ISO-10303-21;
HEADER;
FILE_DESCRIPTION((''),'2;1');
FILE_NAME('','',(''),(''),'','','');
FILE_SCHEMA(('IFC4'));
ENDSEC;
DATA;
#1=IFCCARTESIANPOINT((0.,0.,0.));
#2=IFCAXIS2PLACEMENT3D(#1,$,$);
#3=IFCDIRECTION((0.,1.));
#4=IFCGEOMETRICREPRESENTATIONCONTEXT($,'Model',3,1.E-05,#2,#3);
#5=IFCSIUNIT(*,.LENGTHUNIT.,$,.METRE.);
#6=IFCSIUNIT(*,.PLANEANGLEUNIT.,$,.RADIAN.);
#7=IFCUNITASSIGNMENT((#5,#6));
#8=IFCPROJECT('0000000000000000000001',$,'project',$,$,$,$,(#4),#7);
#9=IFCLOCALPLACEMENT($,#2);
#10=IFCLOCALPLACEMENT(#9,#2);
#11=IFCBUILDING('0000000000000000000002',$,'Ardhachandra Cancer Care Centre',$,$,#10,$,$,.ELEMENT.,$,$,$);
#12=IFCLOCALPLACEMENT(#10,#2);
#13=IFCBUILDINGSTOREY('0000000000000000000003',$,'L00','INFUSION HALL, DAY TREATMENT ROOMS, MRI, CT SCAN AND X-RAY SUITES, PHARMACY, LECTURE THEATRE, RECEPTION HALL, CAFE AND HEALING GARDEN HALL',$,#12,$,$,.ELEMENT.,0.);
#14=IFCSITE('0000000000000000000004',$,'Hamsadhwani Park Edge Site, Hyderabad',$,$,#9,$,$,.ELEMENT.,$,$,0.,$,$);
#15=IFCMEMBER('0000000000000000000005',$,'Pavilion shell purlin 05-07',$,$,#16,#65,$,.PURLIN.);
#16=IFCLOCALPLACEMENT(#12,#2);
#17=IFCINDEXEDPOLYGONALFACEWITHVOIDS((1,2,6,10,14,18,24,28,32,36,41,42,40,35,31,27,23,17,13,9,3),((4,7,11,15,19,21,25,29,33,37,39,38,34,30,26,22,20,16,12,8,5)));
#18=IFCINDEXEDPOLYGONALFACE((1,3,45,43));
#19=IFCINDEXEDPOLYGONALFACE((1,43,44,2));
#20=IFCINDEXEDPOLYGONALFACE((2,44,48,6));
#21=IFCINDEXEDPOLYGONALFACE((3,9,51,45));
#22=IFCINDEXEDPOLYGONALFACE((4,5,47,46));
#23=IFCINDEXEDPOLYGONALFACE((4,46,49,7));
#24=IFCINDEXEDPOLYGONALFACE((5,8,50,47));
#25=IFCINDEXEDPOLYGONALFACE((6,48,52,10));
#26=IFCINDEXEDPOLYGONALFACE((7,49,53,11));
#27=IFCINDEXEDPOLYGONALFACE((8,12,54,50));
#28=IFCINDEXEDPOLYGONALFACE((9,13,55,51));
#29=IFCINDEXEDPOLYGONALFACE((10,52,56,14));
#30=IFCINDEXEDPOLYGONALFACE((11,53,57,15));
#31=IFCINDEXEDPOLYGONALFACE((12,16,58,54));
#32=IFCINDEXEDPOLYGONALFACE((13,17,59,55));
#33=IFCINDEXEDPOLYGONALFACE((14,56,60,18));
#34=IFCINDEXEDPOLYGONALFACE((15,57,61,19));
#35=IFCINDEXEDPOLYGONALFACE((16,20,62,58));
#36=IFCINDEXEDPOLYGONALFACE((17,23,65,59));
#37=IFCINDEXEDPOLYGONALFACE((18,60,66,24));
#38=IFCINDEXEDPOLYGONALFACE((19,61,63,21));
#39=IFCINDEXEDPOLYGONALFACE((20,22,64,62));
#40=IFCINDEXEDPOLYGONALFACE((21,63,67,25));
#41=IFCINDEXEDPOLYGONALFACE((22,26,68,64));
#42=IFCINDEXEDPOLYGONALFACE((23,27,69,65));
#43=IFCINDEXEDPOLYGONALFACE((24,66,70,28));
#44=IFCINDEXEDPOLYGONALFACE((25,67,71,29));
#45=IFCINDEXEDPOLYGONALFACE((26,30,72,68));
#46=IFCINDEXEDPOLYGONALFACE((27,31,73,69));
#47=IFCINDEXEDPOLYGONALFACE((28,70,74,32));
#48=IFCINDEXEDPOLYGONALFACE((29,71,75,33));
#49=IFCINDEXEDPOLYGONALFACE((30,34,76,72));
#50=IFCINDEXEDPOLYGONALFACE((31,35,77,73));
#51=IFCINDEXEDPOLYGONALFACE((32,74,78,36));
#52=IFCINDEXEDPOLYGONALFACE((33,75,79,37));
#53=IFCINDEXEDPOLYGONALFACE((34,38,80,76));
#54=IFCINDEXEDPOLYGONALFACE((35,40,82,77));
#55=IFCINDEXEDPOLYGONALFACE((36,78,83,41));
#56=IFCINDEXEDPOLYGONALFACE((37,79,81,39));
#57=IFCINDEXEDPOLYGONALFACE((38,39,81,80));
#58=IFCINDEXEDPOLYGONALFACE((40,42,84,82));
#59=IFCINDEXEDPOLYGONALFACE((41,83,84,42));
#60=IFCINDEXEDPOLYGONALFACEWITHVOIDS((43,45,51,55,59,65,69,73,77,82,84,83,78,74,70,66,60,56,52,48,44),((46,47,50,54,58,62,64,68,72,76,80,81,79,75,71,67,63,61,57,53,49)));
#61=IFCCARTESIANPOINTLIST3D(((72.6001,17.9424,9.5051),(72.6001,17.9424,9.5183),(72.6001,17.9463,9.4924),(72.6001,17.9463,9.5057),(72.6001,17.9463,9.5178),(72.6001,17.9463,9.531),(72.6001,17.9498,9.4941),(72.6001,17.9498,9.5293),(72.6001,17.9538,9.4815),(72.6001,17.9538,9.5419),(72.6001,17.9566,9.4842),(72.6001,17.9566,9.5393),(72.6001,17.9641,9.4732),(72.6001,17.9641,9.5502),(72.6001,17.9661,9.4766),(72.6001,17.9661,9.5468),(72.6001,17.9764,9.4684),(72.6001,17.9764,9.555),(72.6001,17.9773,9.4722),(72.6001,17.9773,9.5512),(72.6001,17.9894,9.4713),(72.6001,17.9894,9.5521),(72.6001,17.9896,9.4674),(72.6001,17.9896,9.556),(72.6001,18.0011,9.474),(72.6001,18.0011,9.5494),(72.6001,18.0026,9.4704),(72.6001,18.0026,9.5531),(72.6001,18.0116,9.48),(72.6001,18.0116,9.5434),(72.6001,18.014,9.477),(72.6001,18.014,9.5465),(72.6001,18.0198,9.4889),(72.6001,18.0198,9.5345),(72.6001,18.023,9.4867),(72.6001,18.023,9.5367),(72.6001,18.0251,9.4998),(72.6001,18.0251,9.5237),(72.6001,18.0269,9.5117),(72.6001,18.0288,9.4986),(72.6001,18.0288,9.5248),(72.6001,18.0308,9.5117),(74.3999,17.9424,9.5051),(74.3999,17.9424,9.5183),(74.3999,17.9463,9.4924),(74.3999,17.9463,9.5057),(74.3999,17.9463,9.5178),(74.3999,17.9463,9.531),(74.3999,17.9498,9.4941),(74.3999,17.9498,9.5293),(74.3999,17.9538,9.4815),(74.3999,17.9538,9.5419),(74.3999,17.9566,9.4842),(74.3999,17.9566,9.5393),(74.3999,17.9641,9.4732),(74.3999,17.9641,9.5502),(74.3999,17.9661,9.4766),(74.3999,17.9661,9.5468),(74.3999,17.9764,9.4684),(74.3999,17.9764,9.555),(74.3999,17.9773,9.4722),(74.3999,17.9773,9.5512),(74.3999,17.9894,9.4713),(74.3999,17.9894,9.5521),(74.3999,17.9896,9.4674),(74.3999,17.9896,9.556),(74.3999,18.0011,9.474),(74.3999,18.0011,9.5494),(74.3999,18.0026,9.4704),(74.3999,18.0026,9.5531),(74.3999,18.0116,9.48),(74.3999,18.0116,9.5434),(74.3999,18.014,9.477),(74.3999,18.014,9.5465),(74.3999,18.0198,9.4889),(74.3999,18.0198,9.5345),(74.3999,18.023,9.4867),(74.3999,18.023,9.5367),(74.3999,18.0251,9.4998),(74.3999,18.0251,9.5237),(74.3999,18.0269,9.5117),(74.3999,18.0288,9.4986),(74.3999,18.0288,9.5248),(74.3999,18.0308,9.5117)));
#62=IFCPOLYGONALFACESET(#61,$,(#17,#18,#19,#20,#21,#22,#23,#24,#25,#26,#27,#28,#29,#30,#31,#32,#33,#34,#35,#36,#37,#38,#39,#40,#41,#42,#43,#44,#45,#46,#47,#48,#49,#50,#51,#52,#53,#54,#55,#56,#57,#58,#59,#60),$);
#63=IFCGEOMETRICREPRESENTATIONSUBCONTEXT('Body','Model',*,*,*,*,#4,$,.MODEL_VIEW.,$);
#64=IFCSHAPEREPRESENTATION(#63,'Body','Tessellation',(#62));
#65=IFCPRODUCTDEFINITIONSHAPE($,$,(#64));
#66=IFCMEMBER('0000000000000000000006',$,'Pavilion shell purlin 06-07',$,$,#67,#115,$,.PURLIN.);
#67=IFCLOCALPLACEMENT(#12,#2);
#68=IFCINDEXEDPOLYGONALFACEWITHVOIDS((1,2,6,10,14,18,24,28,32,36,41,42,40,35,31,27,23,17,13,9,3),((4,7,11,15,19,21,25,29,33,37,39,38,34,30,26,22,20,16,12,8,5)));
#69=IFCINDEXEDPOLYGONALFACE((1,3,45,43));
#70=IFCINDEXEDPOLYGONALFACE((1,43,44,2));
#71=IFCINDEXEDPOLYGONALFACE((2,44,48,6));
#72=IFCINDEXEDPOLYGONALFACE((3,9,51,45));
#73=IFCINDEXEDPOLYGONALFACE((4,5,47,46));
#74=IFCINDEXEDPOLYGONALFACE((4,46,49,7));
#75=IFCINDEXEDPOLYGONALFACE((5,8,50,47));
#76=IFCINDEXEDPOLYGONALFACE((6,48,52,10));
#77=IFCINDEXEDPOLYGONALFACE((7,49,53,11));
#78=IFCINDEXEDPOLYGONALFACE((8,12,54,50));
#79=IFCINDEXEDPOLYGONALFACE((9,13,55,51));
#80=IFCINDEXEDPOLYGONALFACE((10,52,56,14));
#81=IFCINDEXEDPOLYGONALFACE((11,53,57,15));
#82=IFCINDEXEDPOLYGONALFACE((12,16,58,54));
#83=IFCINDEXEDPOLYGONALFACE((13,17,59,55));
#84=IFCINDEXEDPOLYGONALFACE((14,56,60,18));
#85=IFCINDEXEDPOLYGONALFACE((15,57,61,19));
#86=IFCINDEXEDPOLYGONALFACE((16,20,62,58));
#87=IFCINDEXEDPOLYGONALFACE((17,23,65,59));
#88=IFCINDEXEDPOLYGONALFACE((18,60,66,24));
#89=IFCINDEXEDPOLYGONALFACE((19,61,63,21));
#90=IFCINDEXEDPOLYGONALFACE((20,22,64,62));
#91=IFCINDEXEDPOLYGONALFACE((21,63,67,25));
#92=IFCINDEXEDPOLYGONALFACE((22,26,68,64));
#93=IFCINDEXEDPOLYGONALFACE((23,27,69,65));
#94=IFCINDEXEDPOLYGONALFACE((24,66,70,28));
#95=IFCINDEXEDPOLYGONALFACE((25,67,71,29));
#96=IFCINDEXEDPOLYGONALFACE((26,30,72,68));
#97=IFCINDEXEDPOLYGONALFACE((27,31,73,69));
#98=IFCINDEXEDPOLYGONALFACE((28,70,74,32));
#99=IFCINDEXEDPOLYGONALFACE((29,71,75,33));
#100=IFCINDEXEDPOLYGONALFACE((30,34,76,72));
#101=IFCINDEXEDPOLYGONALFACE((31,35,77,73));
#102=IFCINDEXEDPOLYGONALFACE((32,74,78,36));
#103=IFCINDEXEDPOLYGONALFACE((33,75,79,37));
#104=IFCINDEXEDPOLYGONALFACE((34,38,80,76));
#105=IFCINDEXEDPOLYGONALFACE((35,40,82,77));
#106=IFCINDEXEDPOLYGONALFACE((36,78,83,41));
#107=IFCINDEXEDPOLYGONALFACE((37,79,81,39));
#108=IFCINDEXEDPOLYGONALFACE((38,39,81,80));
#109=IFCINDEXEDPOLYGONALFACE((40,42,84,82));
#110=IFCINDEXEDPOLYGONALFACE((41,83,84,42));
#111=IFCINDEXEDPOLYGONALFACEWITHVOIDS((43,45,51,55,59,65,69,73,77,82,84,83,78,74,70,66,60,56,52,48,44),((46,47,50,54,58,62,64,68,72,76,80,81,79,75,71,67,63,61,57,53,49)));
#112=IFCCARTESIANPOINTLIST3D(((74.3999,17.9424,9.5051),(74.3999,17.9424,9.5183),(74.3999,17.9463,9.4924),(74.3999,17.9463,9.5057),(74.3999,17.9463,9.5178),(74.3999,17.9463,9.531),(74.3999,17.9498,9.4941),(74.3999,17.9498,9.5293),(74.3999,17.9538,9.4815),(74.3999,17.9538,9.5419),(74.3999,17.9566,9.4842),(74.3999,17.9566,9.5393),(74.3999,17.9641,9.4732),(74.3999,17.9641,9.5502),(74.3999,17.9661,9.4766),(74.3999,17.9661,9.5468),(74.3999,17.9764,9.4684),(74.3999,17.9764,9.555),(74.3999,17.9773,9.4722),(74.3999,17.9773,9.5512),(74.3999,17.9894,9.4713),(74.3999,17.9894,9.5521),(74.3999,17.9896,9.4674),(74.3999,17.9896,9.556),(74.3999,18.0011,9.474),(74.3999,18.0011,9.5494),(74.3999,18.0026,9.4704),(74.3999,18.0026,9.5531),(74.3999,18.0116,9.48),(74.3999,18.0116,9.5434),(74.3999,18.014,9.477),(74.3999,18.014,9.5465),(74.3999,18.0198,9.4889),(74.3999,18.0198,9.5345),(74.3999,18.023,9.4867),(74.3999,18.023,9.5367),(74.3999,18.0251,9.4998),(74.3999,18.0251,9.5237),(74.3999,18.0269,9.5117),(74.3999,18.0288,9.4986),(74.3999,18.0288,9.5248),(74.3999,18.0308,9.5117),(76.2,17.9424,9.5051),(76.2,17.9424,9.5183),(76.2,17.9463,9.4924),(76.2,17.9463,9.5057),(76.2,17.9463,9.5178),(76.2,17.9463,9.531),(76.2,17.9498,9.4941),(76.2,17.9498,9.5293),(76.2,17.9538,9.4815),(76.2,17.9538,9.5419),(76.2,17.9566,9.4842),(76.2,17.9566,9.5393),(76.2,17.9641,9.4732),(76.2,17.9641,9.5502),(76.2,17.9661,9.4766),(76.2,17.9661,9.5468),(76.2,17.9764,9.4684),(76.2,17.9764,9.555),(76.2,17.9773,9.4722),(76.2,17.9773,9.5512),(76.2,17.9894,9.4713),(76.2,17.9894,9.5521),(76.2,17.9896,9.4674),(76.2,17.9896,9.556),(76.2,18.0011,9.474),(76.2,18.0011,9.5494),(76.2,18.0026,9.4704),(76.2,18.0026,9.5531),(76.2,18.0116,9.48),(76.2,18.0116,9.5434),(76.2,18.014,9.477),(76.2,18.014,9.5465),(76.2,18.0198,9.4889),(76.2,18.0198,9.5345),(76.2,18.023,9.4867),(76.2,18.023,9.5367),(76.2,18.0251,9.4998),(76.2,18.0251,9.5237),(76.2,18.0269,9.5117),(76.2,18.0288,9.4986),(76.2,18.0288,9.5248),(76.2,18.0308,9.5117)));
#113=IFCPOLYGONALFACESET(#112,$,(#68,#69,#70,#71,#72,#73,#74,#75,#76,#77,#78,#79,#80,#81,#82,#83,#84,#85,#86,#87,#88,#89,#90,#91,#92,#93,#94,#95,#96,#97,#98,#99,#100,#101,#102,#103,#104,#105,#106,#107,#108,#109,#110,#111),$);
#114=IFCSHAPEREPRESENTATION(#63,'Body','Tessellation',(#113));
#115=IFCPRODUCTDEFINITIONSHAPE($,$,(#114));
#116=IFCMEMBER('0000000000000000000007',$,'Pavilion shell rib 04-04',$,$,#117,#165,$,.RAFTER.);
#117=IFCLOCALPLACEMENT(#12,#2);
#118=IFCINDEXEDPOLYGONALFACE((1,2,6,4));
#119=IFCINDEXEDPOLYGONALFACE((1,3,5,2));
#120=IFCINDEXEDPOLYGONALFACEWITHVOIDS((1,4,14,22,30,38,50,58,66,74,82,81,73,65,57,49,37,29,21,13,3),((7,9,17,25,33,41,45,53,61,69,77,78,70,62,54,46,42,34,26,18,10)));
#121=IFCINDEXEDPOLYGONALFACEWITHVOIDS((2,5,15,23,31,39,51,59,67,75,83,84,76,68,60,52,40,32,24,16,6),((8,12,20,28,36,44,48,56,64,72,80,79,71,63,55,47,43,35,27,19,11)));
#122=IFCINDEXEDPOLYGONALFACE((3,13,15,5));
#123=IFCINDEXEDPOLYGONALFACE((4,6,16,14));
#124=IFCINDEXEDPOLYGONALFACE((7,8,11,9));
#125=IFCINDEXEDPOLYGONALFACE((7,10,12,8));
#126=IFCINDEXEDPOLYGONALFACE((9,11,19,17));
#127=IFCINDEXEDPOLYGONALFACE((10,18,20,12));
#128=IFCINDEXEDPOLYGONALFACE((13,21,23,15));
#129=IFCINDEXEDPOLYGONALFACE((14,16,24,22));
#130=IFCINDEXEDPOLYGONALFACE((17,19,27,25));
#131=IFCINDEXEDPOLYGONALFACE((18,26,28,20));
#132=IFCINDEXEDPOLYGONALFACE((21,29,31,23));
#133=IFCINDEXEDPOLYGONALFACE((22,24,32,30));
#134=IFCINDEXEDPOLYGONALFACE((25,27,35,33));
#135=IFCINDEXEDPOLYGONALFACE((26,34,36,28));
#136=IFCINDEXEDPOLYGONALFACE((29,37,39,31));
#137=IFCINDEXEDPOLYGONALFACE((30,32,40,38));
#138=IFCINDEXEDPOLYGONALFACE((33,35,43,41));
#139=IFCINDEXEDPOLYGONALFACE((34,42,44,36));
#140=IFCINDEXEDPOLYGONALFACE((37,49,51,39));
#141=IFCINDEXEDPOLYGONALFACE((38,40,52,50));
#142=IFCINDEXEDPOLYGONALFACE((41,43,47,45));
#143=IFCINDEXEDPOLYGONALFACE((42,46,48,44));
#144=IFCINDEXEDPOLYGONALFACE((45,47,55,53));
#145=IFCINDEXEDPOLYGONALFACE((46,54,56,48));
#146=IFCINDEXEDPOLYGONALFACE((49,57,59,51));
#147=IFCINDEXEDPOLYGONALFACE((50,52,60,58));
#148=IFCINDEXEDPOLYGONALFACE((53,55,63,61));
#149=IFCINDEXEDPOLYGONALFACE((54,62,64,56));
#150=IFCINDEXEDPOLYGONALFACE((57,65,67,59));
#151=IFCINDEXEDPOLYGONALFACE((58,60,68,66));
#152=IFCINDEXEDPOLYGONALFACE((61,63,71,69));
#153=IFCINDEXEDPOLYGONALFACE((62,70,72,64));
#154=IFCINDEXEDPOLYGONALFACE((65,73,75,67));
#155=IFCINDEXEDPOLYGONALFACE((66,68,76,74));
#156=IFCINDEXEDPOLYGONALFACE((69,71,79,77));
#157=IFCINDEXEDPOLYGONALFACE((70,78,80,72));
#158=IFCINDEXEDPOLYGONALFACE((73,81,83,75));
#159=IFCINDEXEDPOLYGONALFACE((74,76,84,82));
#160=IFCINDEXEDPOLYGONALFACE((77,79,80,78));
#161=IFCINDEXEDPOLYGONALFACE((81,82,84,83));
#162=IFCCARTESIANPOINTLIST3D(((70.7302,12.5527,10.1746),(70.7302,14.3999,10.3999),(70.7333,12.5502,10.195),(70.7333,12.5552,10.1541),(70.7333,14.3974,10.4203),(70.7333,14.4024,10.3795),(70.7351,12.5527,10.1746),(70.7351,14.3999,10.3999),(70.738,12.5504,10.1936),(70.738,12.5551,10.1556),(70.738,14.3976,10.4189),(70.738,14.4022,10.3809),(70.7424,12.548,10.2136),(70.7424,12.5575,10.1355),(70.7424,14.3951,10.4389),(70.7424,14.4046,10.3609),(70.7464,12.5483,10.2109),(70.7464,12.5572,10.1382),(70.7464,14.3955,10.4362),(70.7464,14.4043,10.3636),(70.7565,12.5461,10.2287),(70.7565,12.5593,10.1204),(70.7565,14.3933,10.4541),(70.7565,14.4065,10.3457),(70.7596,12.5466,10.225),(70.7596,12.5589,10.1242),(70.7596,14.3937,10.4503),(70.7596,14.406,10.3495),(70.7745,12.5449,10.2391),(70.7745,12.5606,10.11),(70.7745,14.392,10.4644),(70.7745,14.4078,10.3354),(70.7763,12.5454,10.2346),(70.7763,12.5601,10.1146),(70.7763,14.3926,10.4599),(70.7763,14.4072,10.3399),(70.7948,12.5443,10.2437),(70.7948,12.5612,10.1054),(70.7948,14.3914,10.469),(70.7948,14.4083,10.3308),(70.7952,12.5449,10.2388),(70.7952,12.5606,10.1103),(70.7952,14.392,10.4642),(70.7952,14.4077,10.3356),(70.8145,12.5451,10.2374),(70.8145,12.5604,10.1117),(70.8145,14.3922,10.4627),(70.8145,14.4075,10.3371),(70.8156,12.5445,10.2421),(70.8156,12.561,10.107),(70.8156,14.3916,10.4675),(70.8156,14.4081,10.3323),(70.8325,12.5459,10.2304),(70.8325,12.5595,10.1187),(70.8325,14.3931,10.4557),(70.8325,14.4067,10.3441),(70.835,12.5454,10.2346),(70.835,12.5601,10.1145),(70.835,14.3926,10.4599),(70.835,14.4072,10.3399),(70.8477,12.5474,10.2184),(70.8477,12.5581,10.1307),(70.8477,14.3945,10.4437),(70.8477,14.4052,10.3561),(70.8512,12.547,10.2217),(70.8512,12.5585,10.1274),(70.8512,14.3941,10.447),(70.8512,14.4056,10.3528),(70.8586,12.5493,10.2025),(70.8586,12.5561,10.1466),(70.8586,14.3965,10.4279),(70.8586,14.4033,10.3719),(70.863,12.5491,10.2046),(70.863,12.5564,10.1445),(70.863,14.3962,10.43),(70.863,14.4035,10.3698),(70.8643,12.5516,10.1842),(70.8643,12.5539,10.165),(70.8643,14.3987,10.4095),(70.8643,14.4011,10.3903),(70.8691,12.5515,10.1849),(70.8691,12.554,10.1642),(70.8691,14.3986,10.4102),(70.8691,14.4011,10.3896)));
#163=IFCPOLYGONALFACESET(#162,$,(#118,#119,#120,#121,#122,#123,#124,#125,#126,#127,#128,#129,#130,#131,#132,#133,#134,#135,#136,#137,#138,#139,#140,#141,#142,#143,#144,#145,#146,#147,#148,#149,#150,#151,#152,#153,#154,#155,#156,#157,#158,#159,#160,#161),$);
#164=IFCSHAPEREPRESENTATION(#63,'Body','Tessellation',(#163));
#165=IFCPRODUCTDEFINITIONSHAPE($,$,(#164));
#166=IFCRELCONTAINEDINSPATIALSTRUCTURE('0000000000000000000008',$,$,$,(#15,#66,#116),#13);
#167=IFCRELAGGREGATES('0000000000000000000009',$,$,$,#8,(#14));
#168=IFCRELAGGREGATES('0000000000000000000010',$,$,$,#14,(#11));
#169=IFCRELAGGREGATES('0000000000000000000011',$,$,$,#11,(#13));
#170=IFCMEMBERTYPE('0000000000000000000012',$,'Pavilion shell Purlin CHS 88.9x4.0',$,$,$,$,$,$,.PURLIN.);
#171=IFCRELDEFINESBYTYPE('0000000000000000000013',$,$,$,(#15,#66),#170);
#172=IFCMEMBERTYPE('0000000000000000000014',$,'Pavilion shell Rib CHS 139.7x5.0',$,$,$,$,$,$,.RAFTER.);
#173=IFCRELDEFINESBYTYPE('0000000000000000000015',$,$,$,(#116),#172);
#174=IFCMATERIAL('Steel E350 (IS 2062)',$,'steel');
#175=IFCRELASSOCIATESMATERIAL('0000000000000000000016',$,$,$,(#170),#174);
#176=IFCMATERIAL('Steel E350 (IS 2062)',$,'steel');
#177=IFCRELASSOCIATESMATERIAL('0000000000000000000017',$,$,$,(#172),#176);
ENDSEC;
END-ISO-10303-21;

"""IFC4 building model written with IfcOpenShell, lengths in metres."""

from ifc_helpers import new_model, si_unit, direction, frame, origin, origin_2d, place, context, subcontext, project, spatial, hollow_circle, extrude, material, material_profile, profile_set, type_object, element, save


model = new_model("IFC4")

# Units and contexts
model_context = context("Model", 3, precision=1e-05, world=origin(), true_north=direction((0.0, 1.0)))
body_context = subcontext(model_context, "Body", "Model", "MODEL_VIEW")
ifc_project = project(units=[si_unit("LENGTHUNIT", "METRE"), si_unit("PLANEANGLEUNIT", "RADIAN")], contexts=[model_context])

# Site, building, storey
site_placement = place(None, origin())
site = spatial("IfcSite", under=ifc_project, at=site_placement, Name="Hamsadhwani Park Edge Site, Hyderabad", CompositionType="ELEMENT", RefElevation=0.0)
building_placement = place(site_placement, origin())
building = spatial("IfcBuilding", under=site, at=building_placement, Name="Ardhachandra Cancer Care Centre", CompositionType="ELEMENT")
storey_placement = place(building_placement, origin())
storey = spatial("IfcBuildingStorey", under=building, at=storey_placement, Name="L00", Description="INFUSION HALL, DAY TREATMENT ROOMS, MRI, CT SCAN AND X-RAY SUITES, PHARMACY, LECTURE THEATRE, RECEPTION HALL, CAFE AND HEALING GARDEN HALL", CompositionType="ELEMENT", Elevation=0.0)

# Members
ifc_material_1 = material(Name="Steel E350 (IS 2062)", Category="steel")
ifc_material_profile_1 = material_profile(ifc_material_1, hollow_circle(Radius=0.0444, WallThickness=0.0039, at=origin_2d()), Name="CHS 88.9x4.0")
ifc_profile_set_1 = profile_set([ifc_material_profile_1], Name="Steel E350 (IS 2062)")
member_type_1 = type_object("IfcMemberType", Name="Pavilion shell Purlin CHS 88.9x4.0", PredefinedType="PURLIN", material=ifc_profile_set_1)
member_1_placement = place(storey_placement, frame((72.6001, 17.9863, 9.5117), z_axis=(1.0, 0.0, 0.0), x_axis=(0.0, 1.0, 0.0)))
element("IfcMember", 1, at=member_1_placement, inside=storey, type_object=member_type_1, Name="Pavilion shell purlin 05-07", PredefinedType="PURLIN", context=body_context, shape_type="SweptSolid", body=[
    extrude(hollow_circle(Radius=0.0444, WallThickness=0.0039, at=origin_2d()), origin(), (0.0, 0.0, 1.0), 1.7998),
])
member_2_placement = place(storey_placement, frame((74.3999, 17.9863, 9.5117), z_axis=(1.0, 0.0, 0.0), x_axis=(0.0, 1.0, 0.0)))
element("IfcMember", 2, at=member_2_placement, inside=storey, type_object=member_type_1, Name="Pavilion shell purlin 06-07", PredefinedType="PURLIN", context=body_context, shape_type="SweptSolid", body=[
    extrude(hollow_circle(Radius=0.0444, WallThickness=0.0039, at=origin_2d()), origin(), (0.0, 0.0, 1.0), 1.8),
])
ifc_material_2 = material(Name="Steel E350 (IS 2062)", Category="steel")
ifc_material_profile_2 = material_profile(ifc_material_2, hollow_circle(Radius=0.0698, WallThickness=0.0049, at=origin_2d()), Name="CHS 139.7x5.0")
ifc_profile_set_2 = profile_set([ifc_material_profile_2], Name="Steel E350 (IS 2062)")
member_type_2 = type_object("IfcMemberType", Name="Pavilion shell Rib CHS 139.7x5.0", PredefinedType="RAFTER", material=ifc_profile_set_2)
member_3_placement = place(storey_placement, frame((70.8, 12.5527, 10.1746), z_axis=(0.0, 0.992641, 0.121095), x_axis=(-1.0, 0.0, 0.0)))
element("IfcMember", 3, at=member_3_placement, inside=storey, type_object=member_type_2, Name="Pavilion shell rib 04-04", PredefinedType="RAFTER", context=body_context, shape_type="SweptSolid", body=[
    extrude(hollow_circle(Radius=0.0698, WallThickness=0.0049, at=origin_2d()), origin(), (0.0, 0.0, 1.0), 1.8608),
])

save(model, "model.ifc")
